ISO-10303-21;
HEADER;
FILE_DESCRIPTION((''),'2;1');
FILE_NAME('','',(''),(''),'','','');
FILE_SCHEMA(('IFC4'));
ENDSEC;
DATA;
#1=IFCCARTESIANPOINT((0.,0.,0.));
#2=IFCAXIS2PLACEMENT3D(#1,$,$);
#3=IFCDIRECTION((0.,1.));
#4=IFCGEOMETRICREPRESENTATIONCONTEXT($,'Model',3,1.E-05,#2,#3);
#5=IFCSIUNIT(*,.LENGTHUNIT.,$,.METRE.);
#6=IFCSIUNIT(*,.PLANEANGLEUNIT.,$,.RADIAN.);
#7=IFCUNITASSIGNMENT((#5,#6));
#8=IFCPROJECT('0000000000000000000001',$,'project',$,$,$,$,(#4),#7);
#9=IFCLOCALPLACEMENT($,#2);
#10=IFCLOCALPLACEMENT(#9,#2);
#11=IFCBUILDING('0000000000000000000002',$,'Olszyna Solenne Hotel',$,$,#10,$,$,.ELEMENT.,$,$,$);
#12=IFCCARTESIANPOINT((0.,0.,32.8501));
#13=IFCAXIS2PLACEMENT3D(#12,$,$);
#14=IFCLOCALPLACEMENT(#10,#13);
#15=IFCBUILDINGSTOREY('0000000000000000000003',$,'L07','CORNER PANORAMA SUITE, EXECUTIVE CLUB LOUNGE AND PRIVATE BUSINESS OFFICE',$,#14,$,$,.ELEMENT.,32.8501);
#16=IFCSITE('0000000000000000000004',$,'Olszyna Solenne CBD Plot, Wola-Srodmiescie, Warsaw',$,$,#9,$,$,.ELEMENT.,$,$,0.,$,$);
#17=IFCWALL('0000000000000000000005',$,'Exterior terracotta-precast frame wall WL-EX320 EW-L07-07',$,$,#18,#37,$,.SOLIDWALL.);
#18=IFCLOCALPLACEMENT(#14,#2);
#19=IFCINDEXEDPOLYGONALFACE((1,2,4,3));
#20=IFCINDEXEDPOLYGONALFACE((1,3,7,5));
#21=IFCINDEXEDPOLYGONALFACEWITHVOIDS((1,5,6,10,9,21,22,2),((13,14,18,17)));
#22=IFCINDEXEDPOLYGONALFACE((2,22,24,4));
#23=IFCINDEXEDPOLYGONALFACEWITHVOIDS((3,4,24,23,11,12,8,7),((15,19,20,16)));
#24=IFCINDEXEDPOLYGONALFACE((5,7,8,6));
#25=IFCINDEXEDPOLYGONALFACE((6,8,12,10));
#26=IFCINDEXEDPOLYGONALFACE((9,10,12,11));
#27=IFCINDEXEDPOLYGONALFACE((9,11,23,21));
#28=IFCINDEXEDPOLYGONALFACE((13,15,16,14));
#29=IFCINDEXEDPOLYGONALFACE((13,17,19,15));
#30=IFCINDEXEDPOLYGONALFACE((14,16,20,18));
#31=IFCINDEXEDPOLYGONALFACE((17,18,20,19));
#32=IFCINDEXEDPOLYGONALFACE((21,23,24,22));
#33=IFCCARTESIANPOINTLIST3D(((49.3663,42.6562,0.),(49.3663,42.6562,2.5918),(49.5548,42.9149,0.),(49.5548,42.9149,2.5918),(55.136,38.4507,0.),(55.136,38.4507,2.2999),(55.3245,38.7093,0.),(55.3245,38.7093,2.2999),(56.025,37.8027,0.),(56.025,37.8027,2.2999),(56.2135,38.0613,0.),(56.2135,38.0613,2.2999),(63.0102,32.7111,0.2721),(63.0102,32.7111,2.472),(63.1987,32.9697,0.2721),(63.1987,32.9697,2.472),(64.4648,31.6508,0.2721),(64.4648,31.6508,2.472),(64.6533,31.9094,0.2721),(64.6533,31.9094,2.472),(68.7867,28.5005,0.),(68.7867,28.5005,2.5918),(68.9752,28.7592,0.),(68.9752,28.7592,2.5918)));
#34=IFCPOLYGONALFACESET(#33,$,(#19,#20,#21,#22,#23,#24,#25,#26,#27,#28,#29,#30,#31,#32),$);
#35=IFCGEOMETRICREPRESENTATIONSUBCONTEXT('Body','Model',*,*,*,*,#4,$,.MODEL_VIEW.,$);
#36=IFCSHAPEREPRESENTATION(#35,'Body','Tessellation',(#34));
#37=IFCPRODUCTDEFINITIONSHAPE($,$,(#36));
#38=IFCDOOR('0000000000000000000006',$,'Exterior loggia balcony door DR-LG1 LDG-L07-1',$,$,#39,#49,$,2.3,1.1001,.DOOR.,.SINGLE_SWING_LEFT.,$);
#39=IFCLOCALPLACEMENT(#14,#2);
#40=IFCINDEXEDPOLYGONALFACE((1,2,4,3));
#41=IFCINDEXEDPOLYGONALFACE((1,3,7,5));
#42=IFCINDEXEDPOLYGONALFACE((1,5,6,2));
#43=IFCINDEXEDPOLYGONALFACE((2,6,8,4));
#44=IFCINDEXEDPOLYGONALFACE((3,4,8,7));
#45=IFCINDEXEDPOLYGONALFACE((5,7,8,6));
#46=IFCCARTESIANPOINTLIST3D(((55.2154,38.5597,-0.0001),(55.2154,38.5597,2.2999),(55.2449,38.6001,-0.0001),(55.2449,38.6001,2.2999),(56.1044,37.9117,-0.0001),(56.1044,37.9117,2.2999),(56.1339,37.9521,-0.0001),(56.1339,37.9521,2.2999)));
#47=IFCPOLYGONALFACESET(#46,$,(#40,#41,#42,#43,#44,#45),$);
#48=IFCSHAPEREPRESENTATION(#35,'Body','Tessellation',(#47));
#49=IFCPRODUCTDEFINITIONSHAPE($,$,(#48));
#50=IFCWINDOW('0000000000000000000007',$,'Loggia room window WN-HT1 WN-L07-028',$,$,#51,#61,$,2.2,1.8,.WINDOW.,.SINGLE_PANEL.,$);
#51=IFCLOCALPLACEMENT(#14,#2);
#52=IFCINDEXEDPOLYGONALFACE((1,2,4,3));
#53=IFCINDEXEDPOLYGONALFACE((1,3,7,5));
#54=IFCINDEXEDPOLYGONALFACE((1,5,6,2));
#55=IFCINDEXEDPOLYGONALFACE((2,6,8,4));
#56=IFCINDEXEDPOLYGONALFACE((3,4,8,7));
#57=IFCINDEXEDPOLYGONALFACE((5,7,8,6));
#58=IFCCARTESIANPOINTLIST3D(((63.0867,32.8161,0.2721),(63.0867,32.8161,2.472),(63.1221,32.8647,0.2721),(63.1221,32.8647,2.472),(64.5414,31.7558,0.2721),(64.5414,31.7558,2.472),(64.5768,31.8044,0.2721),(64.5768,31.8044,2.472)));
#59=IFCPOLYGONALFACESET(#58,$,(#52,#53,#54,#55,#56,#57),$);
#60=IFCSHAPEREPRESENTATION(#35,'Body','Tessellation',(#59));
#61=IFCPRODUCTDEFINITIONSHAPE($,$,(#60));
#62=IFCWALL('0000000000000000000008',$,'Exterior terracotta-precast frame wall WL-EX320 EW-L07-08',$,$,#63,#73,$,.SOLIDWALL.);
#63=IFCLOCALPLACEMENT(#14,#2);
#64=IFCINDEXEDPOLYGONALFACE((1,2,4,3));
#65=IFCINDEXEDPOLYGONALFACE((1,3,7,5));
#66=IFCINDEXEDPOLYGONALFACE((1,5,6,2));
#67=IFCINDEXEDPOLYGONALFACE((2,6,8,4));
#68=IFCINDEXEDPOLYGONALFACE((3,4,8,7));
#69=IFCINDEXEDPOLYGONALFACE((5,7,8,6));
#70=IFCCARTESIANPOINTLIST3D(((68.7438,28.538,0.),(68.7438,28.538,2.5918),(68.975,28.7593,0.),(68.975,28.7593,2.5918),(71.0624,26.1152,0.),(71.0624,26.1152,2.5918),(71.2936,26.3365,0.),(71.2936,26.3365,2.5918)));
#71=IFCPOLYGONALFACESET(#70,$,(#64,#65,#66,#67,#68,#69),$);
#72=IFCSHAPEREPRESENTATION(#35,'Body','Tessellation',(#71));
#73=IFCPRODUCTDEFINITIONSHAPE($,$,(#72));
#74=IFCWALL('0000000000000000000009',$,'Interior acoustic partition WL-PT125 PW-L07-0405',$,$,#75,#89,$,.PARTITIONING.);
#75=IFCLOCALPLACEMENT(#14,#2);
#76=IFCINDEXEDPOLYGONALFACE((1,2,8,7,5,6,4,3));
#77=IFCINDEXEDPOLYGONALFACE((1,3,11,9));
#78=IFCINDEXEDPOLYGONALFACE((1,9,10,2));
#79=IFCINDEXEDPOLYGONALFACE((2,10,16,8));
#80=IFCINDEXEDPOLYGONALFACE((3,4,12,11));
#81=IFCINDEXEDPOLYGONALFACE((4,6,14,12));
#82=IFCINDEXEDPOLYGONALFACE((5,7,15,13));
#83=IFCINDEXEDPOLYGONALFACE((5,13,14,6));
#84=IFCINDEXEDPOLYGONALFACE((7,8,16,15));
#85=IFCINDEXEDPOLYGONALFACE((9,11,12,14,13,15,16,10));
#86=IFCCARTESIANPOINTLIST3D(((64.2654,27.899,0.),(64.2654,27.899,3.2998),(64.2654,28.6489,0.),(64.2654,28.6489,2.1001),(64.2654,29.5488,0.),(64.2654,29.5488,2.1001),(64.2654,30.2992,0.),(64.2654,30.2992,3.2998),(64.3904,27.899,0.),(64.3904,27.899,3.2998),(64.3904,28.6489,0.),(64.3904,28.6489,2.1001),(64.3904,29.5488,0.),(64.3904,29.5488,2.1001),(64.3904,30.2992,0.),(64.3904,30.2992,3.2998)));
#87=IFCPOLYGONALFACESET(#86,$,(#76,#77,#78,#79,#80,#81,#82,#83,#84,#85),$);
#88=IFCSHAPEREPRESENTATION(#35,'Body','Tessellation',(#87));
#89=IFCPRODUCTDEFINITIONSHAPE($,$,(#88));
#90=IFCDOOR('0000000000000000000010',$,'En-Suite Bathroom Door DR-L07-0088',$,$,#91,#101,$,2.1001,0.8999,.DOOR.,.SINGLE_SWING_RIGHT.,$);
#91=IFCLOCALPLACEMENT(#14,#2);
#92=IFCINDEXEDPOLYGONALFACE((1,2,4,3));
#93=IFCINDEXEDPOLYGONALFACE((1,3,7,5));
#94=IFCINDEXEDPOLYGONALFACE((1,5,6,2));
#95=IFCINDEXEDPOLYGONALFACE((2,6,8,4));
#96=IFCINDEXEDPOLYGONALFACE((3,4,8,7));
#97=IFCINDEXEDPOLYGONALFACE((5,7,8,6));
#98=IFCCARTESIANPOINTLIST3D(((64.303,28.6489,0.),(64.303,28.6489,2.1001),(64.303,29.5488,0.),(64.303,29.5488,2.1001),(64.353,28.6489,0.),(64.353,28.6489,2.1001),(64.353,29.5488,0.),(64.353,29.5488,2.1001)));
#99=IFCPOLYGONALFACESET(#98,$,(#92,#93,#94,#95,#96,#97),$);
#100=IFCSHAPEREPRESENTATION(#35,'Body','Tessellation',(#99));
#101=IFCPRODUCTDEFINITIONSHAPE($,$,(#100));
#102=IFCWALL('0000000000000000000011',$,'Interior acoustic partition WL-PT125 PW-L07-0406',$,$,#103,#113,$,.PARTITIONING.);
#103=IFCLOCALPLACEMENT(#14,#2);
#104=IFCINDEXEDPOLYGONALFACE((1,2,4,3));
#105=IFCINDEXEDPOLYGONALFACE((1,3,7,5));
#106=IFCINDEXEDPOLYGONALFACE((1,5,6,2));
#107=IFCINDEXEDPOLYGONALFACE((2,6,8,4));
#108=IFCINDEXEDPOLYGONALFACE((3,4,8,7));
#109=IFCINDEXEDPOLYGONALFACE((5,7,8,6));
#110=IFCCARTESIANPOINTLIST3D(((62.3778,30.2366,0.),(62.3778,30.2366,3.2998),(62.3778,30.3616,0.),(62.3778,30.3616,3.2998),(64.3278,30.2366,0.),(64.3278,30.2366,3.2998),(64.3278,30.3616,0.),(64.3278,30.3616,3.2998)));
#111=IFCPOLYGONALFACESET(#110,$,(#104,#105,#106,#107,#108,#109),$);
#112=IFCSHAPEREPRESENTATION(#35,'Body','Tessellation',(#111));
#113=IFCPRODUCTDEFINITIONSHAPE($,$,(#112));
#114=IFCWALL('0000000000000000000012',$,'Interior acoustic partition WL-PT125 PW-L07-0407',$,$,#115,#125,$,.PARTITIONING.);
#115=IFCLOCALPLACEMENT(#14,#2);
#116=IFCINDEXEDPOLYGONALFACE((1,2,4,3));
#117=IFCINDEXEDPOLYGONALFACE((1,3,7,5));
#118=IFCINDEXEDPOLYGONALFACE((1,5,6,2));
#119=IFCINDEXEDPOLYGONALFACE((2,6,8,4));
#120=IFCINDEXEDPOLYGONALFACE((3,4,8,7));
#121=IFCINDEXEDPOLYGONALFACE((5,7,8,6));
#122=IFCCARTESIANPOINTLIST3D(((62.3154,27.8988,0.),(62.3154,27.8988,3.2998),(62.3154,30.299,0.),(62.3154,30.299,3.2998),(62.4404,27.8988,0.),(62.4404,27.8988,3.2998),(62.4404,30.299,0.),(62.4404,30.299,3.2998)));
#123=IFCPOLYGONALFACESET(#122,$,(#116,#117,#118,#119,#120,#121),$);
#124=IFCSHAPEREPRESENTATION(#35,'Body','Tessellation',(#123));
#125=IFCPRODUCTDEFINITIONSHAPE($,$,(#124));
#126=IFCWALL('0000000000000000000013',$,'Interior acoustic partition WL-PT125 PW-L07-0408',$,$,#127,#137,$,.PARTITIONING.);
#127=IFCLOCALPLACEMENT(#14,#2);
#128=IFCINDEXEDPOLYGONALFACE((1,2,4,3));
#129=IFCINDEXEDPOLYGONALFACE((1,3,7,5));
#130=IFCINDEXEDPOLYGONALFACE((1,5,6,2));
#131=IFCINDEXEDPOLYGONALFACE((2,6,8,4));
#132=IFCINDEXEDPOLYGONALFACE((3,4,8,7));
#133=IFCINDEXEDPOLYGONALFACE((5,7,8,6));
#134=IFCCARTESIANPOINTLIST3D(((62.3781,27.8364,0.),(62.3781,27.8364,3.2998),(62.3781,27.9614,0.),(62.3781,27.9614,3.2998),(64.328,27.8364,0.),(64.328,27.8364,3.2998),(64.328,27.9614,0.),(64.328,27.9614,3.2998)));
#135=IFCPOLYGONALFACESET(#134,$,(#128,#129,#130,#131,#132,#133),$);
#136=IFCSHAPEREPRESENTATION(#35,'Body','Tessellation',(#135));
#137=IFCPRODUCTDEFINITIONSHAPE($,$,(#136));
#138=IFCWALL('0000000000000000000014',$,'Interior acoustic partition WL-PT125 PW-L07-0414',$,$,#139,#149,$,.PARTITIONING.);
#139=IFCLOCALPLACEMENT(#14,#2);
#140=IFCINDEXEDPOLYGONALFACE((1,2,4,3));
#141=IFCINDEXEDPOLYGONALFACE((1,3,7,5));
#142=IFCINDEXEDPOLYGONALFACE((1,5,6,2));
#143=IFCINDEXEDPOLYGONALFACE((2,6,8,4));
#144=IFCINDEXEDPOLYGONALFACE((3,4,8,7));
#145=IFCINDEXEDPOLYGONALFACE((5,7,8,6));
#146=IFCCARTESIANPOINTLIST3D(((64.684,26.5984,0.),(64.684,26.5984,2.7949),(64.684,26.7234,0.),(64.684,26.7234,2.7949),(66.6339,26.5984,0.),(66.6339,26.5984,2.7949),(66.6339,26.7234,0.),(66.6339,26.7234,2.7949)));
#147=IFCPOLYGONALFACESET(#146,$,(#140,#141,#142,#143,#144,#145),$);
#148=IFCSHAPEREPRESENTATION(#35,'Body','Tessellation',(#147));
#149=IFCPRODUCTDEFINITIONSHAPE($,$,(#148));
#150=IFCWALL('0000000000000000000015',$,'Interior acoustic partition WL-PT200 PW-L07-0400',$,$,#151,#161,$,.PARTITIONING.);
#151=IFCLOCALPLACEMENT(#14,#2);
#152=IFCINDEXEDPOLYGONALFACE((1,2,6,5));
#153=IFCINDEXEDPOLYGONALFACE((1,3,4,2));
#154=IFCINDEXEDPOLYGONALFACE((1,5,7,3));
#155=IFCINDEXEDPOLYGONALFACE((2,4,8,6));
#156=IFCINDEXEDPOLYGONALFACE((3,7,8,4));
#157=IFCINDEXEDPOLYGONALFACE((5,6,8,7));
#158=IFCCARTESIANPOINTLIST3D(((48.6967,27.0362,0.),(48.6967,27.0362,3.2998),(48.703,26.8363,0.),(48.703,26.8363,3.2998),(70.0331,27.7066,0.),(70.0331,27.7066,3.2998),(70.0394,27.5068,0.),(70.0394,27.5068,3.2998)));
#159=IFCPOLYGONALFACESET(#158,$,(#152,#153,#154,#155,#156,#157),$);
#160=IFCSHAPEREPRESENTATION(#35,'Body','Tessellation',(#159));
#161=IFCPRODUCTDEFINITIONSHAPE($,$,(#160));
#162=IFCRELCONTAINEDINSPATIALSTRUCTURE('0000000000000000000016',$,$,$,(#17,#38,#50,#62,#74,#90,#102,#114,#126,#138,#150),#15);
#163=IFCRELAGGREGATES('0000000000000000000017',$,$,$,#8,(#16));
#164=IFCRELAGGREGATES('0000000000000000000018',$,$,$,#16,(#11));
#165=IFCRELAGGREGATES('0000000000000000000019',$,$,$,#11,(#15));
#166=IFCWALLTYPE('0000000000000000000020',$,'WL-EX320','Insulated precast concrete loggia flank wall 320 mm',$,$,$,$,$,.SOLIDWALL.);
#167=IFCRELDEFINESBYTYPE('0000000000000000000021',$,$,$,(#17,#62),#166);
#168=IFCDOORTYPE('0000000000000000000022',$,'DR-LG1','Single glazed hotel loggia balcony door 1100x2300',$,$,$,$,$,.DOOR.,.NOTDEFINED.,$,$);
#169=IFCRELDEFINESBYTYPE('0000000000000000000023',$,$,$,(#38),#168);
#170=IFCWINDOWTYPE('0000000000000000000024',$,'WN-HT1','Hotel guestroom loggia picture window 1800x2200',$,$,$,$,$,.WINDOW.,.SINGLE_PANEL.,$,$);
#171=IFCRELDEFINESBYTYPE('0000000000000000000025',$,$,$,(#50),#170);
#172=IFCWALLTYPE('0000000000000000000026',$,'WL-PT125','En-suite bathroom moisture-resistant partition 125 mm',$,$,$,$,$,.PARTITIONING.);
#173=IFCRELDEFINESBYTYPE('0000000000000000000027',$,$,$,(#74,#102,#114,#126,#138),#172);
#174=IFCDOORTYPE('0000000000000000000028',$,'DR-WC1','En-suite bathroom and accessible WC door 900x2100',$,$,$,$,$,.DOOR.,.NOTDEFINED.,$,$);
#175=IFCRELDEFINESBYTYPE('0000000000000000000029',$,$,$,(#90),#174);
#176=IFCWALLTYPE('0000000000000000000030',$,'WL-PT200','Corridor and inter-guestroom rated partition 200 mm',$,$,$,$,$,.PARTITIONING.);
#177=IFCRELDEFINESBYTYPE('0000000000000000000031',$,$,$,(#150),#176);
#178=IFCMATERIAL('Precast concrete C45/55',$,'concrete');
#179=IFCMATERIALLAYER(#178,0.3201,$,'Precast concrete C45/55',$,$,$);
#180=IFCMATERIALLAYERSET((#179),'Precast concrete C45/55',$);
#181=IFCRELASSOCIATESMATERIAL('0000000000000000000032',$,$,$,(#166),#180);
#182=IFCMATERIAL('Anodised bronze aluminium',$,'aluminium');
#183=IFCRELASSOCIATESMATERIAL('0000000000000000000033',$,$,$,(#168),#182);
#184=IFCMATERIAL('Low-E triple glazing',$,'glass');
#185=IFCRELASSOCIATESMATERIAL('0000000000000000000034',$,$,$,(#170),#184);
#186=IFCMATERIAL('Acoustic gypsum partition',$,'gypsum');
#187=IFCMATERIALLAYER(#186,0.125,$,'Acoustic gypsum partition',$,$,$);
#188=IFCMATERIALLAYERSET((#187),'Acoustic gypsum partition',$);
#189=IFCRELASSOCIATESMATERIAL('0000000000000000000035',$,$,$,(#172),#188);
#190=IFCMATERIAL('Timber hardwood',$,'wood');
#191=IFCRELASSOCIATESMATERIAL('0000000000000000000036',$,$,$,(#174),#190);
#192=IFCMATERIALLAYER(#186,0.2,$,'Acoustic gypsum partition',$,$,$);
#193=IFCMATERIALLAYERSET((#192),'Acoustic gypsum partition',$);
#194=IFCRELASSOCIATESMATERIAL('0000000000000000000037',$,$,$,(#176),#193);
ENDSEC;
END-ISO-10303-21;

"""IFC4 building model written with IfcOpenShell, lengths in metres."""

from ifc_helpers import new_model, si_unit, direction, frame, frame_2d, origin, place, context, subcontext, project, spatial, rectangle, extrude, source, transform, mapped, material, layer, layer_set, type_object, type_shapes, element, fill, save


model = new_model("IFC4")

# Units and contexts
model_context = context("Model", 3, precision=1e-05, world=origin(), true_north=direction((0.0, 1.0)))
body_context = subcontext(model_context, "Body", "Model", "MODEL_VIEW")
ifc_project = project(units=[si_unit("LENGTHUNIT", "METRE"), si_unit("PLANEANGLEUNIT", "RADIAN")], contexts=[model_context])

# Site, building, storey
site_placement = place(None, origin())
site = spatial("IfcSite", under=ifc_project, at=site_placement, Name="Olszyna Solenne CBD Plot, Wola-Srodmiescie, Warsaw", CompositionType="ELEMENT", RefElevation=0.0)
building_placement = place(site_placement, origin())
building = spatial("IfcBuilding", under=site, at=building_placement, Name="Olszyna Solenne Hotel", CompositionType="ELEMENT")
storey_placement = place(building_placement, frame((0.0, 0.0, 32.8501)))
storey = spatial("IfcBuildingStorey", under=building, at=storey_placement, Name="L07", Description="CORNER PANORAMA SUITE, EXECUTIVE CLUB LOUNGE AND PRIVATE BUSINESS OFFICE", CompositionType="ELEMENT", Elevation=32.8501)

# Shared definitions
ifc_material_1 = material(Name="Anodised bronze aluminium", Category="aluminium")

# Shared definitions
ifc_material_2 = material(Name="Low-E triple glazing", Category="glass")

# Shared definitions
ifc_material_3 = material(Name="Timber hardwood", Category="wood")

# Wall, openings, door, window
ifc_material_4 = material(Name="Precast concrete C45/55", Category="concrete")
ifc_layer_1 = layer(ifc_material_4, 0.3201, Name="Precast concrete C45/55")
ifc_layer_set_1 = layer_set([ifc_layer_1], Name="Precast concrete C45/55")
wall_type_1 = type_object("IfcWallType", Name="WL-EX320", Description="Insulated precast concrete loggia flank wall 320 mm", PredefinedType="SOLIDWALL", material=ifc_layer_set_1)
wall_1_placement = place(storey_placement, frame((49.4604, 42.7856, 0.0), z_axis=(0.0, 0.0, 1.0), x_axis=(0.808106, -0.589038, 0.0)))
wall_1 = element("IfcWall", 1, at=wall_1_placement, inside=storey, type_object=wall_type_1, Name="Exterior terracotta-precast frame wall WL-EX320 EW-L07-07", PredefinedType="SOLIDWALL", context=body_context, shape_type="SweptSolid", body=[
    extrude(rectangle(XDim=24.032, YDim=0.3201, at=frame_2d((12.0161, 0.0))), origin(), (0.0, 0.0, 1.0), 2.5918),
])
opening_1_placement = place(wall_1_placement, frame((7.1399, 0.0, 0.0)))
opening_1 = element("IfcOpeningElement", 2, at=opening_1_placement, cuts=wall_1, PredefinedType="OPENING", context=body_context, shape_type="SweptSolid", body=[
    extrude(rectangle(XDim=1.1001, YDim=2.3, at=frame_2d((0.55, 1.1499))), frame((0.0, 0.1699, 0.0), z_axis=(0.0, -1.0, 0.0), x_axis=(1.0, 0.0, 0.0)), (0.0, 0.0, 1.0), 0.3401),
])
opening_2_placement = place(wall_1_placement, frame((16.884, 0.0, 0.272)))
opening_2 = element("IfcOpeningElement", 3, at=opening_2_placement, cuts=wall_1, PredefinedType="OPENING", context=body_context, shape_type="SweptSolid", body=[
    extrude(rectangle(XDim=1.8, YDim=2.2, at=frame_2d((0.8999, 1.1001))), frame((0.0, 0.1699, 0.0), z_axis=(0.0, -1.0, 0.0), x_axis=(1.0, 0.0, 0.0)), (0.0, 0.0, 1.0), 0.3401),
])
door_type_1 = type_object("IfcDoorType", Name="DR-LG1", Description="Single glazed hotel loggia balcony door 1100x2300", OperationType="NOTDEFINED", PredefinedType="DOOR", material=ifc_material_1)
shared_shape_1 = source(origin(), body_context, "Body", "SweptSolid", [
    extrude(rectangle(XDim=1.1001, YDim=2.3, at=frame_2d((0.55, 1.1499))), frame((0.0, 0.0249, 0.0), z_axis=(0.0, -1.0, 0.0), x_axis=(1.0, 0.0, 0.0)), (0.0, 0.0, 1.0), 0.05),
])
type_shapes(door_type_1, [shared_shape_1])
door_1_placement = place(opening_1_placement, origin())
door_1 = element("IfcDoor", 4, at=door_1_placement, inside=storey, type_object=door_type_1, Name="Exterior loggia balcony door DR-LG1 LDG-L07-1", OperationType="SINGLE_SWING_LEFT", OverallHeight=2.3, OverallWidth=1.1001, PredefinedType="DOOR", context=body_context, shape_type="MappedRepresentation", body=[
    mapped(shared_shape_1, transform((0.0, 0.0, 0.0), x_axis=(1.0, 0.0, 0.0), y_axis=(0.0, 1.0, 0.0), z_axis=(0.0, 0.0, 1.0), scale=1.0)),
])
fill(opening_1, door_1)
window_type = type_object("IfcWindowType", Name="WN-HT1", Description="Hotel guestroom loggia picture window 1800x2200", PartitioningType="SINGLE_PANEL", PredefinedType="WINDOW", material=ifc_material_2)
shared_shape_2 = source(origin(), body_context, "Body", "SweptSolid", [
    extrude(rectangle(XDim=1.8, YDim=2.2, at=frame_2d((0.8999, 1.1001))), frame((0.0, 0.03, 0.0), z_axis=(0.0, -1.0, 0.0), x_axis=(1.0, 0.0, 0.0)), (0.0, 0.0, 1.0), 0.0601),
])
type_shapes(window_type, [shared_shape_2])
window_placement = place(opening_2_placement, origin())
window = element("IfcWindow", 5, at=window_placement, inside=storey, type_object=window_type, Name="Loggia room window WN-HT1 WN-L07-028", OverallHeight=2.2, OverallWidth=1.8, PartitioningType="SINGLE_PANEL", PredefinedType="WINDOW", context=body_context, shape_type="MappedRepresentation", body=[
    mapped(shared_shape_2, transform((0.0, 0.0, 0.0), x_axis=(1.0, 0.0, 0.0), y_axis=(0.0, 1.0, 0.0), z_axis=(0.0, 0.0, 1.0), scale=1.0)),
])
fill(opening_2, window)

# Wall
wall_2_placement = place(storey_placement, frame((68.8594, 28.6487, 0.0), z_axis=(0.0, 0.0, 1.0), x_axis=(0.691393, -0.722479, 0.0)))
element("IfcWall", 6, at=wall_2_placement, inside=storey, type_object=wall_type_1, Name="Exterior terracotta-precast frame wall WL-EX320 EW-L07-08", PredefinedType="SOLIDWALL", context=body_context, shape_type="SweptSolid", body=[
    extrude(rectangle(XDim=3.3535, YDim=0.3201, at=frame_2d((1.6768, 0.0))), origin(), (0.0, 0.0, 1.0), 2.5918),
])

# Wall, opening, door
ifc_material_5 = material(Name="Acoustic gypsum partition", Category="gypsum")
ifc_layer_2 = layer(ifc_material_5, 0.125, Name="Acoustic gypsum partition")
ifc_layer_set_2 = layer_set([ifc_layer_2], Name="Acoustic gypsum partition")
wall_type_2 = type_object("IfcWallType", Name="WL-PT125", Description="En-suite bathroom moisture-resistant partition 125 mm", PredefinedType="PARTITIONING", material=ifc_layer_set_2)
wall_3_placement = place(storey_placement, frame((64.3279, 27.8989, 0.0), z_axis=(0.0, 0.0, 1.0), x_axis=(0.0, 1.0, 0.0)))
wall_3 = element("IfcWall", 7, at=wall_3_placement, inside=storey, type_object=wall_type_2, Name="Interior acoustic partition WL-PT125 PW-L07-0405", PredefinedType="PARTITIONING", context=body_context, shape_type="SweptSolid", body=[
    extrude(rectangle(XDim=2.4001, YDim=0.125, at=frame_2d((1.2002, 0.0))), origin(), (0.0, 0.0, 1.0), 3.2998),
])
opening_3_placement = place(wall_3_placement, frame((0.75, 0.0, 0.0)))
opening_3 = element("IfcOpeningElement", 8, at=opening_3_placement, cuts=wall_3, PredefinedType="OPENING", context=body_context, shape_type="SweptSolid", body=[
    extrude(rectangle(XDim=0.8999, YDim=2.1001, at=frame_2d((0.45, 1.05))), frame((0.0, 0.0725, 0.0), z_axis=(0.0, -1.0, 0.0), x_axis=(1.0, 0.0, 0.0)), (0.0, 0.0, 1.0), 0.145),
])
door_type_2 = type_object("IfcDoorType", Name="DR-WC1", Description="En-suite bathroom and accessible WC door 900x2100", OperationType="NOTDEFINED", PredefinedType="DOOR", material=ifc_material_3)
shared_shape_3 = source(origin(), body_context, "Body", "SweptSolid", [
    extrude(rectangle(XDim=0.8999, YDim=2.1001, at=frame_2d((0.45, 1.05))), frame((0.0, 0.0249, 0.0), z_axis=(0.0, -1.0, 0.0), x_axis=(1.0, 0.0, 0.0)), (0.0, 0.0, 1.0), 0.05),
])
type_shapes(door_type_2, [shared_shape_3])
door_2_placement = place(opening_3_placement, origin())
door_2 = element("IfcDoor", 9, at=door_2_placement, inside=storey, type_object=door_type_2, Name="En-Suite Bathroom Door DR-L07-0088", OperationType="SINGLE_SWING_RIGHT", OverallHeight=2.1001, OverallWidth=0.8999, PredefinedType="DOOR", context=body_context, shape_type="MappedRepresentation", body=[
    mapped(shared_shape_3, transform((0.0, 0.0, 0.0), x_axis=(1.0, 0.0, 0.0), y_axis=(0.0, 1.0, 0.0), z_axis=(0.0, 0.0, 1.0), scale=1.0)),
])
fill(opening_3, door_2)

# Walls
wall_4_placement = place(storey_placement, frame((64.3279, 30.2991, 0.0), z_axis=(0.0, 0.0, 1.0), x_axis=(-1.0, 0.0, 0.0)))
element("IfcWall", 10, at=wall_4_placement, inside=storey, type_object=wall_type_2, Name="Interior acoustic partition WL-PT125 PW-L07-0406", PredefinedType="PARTITIONING", context=body_context, shape_type="SweptSolid", body=[
    extrude(rectangle(XDim=1.95, YDim=0.125, at=frame_2d((0.9751, 0.0))), origin(), (0.0, 0.0, 1.0), 3.2998),
])
wall_5_placement = place(storey_placement, frame((62.3779, 30.2991, 0.0), z_axis=(0.0, 0.0, 1.0), x_axis=(0.0, -1.0, 0.0)))
element("IfcWall", 11, at=wall_5_placement, inside=storey, type_object=wall_type_2, Name="Interior acoustic partition WL-PT125 PW-L07-0407", PredefinedType="PARTITIONING", context=body_context, shape_type="SweptSolid", body=[
    extrude(rectangle(XDim=2.4001, YDim=0.125, at=frame_2d((1.2002, 0.0))), origin(), (0.0, 0.0, 1.0), 3.2998),
])
wall_6_placement = place(storey_placement, frame((62.3779, 27.8989, 0.0), z_axis=(0.0, 0.0, 1.0), x_axis=(1.0, 0.0, 0.0)))
element("IfcWall", 12, at=wall_6_placement, inside=storey, type_object=wall_type_2, Name="Interior acoustic partition WL-PT125 PW-L07-0408", PredefinedType="PARTITIONING", context=body_context, shape_type="SweptSolid", body=[
    extrude(rectangle(XDim=1.95, YDim=0.125, at=frame_2d((0.9751, 0.0))), origin(), (0.0, 0.0, 1.0), 3.2998),
])
wall_7_placement = place(storey_placement, frame((66.634, 26.6609, 0.0), z_axis=(0.0, 0.0, 1.0), x_axis=(-1.0, 0.0, 0.0)))
element("IfcWall", 13, at=wall_7_placement, inside=storey, type_object=wall_type_2, Name="Interior acoustic partition WL-PT125 PW-L07-0414", PredefinedType="PARTITIONING", context=body_context, shape_type="SweptSolid", body=[
    extrude(rectangle(XDim=1.95, YDim=0.125, at=frame_2d((0.9751, 0.0))), origin(), (0.0, 0.0, 1.0), 2.7949),
])
ifc_layer_3 = layer(ifc_material_5, 0.2, Name="Acoustic gypsum partition")
ifc_layer_set_3 = layer_set([ifc_layer_3], Name="Acoustic gypsum partition")
wall_type_3 = type_object("IfcWallType", Name="WL-PT200", Description="Corridor and inter-guestroom rated partition 200 mm", PredefinedType="PARTITIONING", material=ifc_layer_set_3)
wall_8_placement = place(storey_placement, frame((48.7, 26.9363, 0.0), z_axis=(0.0, 0.0, 1.0), x_axis=(0.999507, 0.031405, 0.0)))
element("IfcWall", 14, at=wall_8_placement, inside=storey, type_object=wall_type_3, Name="Interior acoustic partition WL-PT200 PW-L07-0400", PredefinedType="PARTITIONING", context=body_context, shape_type="SweptSolid", body=[
    extrude(rectangle(XDim=21.3469, YDim=0.2, at=frame_2d((10.6733, 0.0))), origin(), (0.0, 0.0, 1.0), 3.2998),
])

save(model, "model.ifc")
